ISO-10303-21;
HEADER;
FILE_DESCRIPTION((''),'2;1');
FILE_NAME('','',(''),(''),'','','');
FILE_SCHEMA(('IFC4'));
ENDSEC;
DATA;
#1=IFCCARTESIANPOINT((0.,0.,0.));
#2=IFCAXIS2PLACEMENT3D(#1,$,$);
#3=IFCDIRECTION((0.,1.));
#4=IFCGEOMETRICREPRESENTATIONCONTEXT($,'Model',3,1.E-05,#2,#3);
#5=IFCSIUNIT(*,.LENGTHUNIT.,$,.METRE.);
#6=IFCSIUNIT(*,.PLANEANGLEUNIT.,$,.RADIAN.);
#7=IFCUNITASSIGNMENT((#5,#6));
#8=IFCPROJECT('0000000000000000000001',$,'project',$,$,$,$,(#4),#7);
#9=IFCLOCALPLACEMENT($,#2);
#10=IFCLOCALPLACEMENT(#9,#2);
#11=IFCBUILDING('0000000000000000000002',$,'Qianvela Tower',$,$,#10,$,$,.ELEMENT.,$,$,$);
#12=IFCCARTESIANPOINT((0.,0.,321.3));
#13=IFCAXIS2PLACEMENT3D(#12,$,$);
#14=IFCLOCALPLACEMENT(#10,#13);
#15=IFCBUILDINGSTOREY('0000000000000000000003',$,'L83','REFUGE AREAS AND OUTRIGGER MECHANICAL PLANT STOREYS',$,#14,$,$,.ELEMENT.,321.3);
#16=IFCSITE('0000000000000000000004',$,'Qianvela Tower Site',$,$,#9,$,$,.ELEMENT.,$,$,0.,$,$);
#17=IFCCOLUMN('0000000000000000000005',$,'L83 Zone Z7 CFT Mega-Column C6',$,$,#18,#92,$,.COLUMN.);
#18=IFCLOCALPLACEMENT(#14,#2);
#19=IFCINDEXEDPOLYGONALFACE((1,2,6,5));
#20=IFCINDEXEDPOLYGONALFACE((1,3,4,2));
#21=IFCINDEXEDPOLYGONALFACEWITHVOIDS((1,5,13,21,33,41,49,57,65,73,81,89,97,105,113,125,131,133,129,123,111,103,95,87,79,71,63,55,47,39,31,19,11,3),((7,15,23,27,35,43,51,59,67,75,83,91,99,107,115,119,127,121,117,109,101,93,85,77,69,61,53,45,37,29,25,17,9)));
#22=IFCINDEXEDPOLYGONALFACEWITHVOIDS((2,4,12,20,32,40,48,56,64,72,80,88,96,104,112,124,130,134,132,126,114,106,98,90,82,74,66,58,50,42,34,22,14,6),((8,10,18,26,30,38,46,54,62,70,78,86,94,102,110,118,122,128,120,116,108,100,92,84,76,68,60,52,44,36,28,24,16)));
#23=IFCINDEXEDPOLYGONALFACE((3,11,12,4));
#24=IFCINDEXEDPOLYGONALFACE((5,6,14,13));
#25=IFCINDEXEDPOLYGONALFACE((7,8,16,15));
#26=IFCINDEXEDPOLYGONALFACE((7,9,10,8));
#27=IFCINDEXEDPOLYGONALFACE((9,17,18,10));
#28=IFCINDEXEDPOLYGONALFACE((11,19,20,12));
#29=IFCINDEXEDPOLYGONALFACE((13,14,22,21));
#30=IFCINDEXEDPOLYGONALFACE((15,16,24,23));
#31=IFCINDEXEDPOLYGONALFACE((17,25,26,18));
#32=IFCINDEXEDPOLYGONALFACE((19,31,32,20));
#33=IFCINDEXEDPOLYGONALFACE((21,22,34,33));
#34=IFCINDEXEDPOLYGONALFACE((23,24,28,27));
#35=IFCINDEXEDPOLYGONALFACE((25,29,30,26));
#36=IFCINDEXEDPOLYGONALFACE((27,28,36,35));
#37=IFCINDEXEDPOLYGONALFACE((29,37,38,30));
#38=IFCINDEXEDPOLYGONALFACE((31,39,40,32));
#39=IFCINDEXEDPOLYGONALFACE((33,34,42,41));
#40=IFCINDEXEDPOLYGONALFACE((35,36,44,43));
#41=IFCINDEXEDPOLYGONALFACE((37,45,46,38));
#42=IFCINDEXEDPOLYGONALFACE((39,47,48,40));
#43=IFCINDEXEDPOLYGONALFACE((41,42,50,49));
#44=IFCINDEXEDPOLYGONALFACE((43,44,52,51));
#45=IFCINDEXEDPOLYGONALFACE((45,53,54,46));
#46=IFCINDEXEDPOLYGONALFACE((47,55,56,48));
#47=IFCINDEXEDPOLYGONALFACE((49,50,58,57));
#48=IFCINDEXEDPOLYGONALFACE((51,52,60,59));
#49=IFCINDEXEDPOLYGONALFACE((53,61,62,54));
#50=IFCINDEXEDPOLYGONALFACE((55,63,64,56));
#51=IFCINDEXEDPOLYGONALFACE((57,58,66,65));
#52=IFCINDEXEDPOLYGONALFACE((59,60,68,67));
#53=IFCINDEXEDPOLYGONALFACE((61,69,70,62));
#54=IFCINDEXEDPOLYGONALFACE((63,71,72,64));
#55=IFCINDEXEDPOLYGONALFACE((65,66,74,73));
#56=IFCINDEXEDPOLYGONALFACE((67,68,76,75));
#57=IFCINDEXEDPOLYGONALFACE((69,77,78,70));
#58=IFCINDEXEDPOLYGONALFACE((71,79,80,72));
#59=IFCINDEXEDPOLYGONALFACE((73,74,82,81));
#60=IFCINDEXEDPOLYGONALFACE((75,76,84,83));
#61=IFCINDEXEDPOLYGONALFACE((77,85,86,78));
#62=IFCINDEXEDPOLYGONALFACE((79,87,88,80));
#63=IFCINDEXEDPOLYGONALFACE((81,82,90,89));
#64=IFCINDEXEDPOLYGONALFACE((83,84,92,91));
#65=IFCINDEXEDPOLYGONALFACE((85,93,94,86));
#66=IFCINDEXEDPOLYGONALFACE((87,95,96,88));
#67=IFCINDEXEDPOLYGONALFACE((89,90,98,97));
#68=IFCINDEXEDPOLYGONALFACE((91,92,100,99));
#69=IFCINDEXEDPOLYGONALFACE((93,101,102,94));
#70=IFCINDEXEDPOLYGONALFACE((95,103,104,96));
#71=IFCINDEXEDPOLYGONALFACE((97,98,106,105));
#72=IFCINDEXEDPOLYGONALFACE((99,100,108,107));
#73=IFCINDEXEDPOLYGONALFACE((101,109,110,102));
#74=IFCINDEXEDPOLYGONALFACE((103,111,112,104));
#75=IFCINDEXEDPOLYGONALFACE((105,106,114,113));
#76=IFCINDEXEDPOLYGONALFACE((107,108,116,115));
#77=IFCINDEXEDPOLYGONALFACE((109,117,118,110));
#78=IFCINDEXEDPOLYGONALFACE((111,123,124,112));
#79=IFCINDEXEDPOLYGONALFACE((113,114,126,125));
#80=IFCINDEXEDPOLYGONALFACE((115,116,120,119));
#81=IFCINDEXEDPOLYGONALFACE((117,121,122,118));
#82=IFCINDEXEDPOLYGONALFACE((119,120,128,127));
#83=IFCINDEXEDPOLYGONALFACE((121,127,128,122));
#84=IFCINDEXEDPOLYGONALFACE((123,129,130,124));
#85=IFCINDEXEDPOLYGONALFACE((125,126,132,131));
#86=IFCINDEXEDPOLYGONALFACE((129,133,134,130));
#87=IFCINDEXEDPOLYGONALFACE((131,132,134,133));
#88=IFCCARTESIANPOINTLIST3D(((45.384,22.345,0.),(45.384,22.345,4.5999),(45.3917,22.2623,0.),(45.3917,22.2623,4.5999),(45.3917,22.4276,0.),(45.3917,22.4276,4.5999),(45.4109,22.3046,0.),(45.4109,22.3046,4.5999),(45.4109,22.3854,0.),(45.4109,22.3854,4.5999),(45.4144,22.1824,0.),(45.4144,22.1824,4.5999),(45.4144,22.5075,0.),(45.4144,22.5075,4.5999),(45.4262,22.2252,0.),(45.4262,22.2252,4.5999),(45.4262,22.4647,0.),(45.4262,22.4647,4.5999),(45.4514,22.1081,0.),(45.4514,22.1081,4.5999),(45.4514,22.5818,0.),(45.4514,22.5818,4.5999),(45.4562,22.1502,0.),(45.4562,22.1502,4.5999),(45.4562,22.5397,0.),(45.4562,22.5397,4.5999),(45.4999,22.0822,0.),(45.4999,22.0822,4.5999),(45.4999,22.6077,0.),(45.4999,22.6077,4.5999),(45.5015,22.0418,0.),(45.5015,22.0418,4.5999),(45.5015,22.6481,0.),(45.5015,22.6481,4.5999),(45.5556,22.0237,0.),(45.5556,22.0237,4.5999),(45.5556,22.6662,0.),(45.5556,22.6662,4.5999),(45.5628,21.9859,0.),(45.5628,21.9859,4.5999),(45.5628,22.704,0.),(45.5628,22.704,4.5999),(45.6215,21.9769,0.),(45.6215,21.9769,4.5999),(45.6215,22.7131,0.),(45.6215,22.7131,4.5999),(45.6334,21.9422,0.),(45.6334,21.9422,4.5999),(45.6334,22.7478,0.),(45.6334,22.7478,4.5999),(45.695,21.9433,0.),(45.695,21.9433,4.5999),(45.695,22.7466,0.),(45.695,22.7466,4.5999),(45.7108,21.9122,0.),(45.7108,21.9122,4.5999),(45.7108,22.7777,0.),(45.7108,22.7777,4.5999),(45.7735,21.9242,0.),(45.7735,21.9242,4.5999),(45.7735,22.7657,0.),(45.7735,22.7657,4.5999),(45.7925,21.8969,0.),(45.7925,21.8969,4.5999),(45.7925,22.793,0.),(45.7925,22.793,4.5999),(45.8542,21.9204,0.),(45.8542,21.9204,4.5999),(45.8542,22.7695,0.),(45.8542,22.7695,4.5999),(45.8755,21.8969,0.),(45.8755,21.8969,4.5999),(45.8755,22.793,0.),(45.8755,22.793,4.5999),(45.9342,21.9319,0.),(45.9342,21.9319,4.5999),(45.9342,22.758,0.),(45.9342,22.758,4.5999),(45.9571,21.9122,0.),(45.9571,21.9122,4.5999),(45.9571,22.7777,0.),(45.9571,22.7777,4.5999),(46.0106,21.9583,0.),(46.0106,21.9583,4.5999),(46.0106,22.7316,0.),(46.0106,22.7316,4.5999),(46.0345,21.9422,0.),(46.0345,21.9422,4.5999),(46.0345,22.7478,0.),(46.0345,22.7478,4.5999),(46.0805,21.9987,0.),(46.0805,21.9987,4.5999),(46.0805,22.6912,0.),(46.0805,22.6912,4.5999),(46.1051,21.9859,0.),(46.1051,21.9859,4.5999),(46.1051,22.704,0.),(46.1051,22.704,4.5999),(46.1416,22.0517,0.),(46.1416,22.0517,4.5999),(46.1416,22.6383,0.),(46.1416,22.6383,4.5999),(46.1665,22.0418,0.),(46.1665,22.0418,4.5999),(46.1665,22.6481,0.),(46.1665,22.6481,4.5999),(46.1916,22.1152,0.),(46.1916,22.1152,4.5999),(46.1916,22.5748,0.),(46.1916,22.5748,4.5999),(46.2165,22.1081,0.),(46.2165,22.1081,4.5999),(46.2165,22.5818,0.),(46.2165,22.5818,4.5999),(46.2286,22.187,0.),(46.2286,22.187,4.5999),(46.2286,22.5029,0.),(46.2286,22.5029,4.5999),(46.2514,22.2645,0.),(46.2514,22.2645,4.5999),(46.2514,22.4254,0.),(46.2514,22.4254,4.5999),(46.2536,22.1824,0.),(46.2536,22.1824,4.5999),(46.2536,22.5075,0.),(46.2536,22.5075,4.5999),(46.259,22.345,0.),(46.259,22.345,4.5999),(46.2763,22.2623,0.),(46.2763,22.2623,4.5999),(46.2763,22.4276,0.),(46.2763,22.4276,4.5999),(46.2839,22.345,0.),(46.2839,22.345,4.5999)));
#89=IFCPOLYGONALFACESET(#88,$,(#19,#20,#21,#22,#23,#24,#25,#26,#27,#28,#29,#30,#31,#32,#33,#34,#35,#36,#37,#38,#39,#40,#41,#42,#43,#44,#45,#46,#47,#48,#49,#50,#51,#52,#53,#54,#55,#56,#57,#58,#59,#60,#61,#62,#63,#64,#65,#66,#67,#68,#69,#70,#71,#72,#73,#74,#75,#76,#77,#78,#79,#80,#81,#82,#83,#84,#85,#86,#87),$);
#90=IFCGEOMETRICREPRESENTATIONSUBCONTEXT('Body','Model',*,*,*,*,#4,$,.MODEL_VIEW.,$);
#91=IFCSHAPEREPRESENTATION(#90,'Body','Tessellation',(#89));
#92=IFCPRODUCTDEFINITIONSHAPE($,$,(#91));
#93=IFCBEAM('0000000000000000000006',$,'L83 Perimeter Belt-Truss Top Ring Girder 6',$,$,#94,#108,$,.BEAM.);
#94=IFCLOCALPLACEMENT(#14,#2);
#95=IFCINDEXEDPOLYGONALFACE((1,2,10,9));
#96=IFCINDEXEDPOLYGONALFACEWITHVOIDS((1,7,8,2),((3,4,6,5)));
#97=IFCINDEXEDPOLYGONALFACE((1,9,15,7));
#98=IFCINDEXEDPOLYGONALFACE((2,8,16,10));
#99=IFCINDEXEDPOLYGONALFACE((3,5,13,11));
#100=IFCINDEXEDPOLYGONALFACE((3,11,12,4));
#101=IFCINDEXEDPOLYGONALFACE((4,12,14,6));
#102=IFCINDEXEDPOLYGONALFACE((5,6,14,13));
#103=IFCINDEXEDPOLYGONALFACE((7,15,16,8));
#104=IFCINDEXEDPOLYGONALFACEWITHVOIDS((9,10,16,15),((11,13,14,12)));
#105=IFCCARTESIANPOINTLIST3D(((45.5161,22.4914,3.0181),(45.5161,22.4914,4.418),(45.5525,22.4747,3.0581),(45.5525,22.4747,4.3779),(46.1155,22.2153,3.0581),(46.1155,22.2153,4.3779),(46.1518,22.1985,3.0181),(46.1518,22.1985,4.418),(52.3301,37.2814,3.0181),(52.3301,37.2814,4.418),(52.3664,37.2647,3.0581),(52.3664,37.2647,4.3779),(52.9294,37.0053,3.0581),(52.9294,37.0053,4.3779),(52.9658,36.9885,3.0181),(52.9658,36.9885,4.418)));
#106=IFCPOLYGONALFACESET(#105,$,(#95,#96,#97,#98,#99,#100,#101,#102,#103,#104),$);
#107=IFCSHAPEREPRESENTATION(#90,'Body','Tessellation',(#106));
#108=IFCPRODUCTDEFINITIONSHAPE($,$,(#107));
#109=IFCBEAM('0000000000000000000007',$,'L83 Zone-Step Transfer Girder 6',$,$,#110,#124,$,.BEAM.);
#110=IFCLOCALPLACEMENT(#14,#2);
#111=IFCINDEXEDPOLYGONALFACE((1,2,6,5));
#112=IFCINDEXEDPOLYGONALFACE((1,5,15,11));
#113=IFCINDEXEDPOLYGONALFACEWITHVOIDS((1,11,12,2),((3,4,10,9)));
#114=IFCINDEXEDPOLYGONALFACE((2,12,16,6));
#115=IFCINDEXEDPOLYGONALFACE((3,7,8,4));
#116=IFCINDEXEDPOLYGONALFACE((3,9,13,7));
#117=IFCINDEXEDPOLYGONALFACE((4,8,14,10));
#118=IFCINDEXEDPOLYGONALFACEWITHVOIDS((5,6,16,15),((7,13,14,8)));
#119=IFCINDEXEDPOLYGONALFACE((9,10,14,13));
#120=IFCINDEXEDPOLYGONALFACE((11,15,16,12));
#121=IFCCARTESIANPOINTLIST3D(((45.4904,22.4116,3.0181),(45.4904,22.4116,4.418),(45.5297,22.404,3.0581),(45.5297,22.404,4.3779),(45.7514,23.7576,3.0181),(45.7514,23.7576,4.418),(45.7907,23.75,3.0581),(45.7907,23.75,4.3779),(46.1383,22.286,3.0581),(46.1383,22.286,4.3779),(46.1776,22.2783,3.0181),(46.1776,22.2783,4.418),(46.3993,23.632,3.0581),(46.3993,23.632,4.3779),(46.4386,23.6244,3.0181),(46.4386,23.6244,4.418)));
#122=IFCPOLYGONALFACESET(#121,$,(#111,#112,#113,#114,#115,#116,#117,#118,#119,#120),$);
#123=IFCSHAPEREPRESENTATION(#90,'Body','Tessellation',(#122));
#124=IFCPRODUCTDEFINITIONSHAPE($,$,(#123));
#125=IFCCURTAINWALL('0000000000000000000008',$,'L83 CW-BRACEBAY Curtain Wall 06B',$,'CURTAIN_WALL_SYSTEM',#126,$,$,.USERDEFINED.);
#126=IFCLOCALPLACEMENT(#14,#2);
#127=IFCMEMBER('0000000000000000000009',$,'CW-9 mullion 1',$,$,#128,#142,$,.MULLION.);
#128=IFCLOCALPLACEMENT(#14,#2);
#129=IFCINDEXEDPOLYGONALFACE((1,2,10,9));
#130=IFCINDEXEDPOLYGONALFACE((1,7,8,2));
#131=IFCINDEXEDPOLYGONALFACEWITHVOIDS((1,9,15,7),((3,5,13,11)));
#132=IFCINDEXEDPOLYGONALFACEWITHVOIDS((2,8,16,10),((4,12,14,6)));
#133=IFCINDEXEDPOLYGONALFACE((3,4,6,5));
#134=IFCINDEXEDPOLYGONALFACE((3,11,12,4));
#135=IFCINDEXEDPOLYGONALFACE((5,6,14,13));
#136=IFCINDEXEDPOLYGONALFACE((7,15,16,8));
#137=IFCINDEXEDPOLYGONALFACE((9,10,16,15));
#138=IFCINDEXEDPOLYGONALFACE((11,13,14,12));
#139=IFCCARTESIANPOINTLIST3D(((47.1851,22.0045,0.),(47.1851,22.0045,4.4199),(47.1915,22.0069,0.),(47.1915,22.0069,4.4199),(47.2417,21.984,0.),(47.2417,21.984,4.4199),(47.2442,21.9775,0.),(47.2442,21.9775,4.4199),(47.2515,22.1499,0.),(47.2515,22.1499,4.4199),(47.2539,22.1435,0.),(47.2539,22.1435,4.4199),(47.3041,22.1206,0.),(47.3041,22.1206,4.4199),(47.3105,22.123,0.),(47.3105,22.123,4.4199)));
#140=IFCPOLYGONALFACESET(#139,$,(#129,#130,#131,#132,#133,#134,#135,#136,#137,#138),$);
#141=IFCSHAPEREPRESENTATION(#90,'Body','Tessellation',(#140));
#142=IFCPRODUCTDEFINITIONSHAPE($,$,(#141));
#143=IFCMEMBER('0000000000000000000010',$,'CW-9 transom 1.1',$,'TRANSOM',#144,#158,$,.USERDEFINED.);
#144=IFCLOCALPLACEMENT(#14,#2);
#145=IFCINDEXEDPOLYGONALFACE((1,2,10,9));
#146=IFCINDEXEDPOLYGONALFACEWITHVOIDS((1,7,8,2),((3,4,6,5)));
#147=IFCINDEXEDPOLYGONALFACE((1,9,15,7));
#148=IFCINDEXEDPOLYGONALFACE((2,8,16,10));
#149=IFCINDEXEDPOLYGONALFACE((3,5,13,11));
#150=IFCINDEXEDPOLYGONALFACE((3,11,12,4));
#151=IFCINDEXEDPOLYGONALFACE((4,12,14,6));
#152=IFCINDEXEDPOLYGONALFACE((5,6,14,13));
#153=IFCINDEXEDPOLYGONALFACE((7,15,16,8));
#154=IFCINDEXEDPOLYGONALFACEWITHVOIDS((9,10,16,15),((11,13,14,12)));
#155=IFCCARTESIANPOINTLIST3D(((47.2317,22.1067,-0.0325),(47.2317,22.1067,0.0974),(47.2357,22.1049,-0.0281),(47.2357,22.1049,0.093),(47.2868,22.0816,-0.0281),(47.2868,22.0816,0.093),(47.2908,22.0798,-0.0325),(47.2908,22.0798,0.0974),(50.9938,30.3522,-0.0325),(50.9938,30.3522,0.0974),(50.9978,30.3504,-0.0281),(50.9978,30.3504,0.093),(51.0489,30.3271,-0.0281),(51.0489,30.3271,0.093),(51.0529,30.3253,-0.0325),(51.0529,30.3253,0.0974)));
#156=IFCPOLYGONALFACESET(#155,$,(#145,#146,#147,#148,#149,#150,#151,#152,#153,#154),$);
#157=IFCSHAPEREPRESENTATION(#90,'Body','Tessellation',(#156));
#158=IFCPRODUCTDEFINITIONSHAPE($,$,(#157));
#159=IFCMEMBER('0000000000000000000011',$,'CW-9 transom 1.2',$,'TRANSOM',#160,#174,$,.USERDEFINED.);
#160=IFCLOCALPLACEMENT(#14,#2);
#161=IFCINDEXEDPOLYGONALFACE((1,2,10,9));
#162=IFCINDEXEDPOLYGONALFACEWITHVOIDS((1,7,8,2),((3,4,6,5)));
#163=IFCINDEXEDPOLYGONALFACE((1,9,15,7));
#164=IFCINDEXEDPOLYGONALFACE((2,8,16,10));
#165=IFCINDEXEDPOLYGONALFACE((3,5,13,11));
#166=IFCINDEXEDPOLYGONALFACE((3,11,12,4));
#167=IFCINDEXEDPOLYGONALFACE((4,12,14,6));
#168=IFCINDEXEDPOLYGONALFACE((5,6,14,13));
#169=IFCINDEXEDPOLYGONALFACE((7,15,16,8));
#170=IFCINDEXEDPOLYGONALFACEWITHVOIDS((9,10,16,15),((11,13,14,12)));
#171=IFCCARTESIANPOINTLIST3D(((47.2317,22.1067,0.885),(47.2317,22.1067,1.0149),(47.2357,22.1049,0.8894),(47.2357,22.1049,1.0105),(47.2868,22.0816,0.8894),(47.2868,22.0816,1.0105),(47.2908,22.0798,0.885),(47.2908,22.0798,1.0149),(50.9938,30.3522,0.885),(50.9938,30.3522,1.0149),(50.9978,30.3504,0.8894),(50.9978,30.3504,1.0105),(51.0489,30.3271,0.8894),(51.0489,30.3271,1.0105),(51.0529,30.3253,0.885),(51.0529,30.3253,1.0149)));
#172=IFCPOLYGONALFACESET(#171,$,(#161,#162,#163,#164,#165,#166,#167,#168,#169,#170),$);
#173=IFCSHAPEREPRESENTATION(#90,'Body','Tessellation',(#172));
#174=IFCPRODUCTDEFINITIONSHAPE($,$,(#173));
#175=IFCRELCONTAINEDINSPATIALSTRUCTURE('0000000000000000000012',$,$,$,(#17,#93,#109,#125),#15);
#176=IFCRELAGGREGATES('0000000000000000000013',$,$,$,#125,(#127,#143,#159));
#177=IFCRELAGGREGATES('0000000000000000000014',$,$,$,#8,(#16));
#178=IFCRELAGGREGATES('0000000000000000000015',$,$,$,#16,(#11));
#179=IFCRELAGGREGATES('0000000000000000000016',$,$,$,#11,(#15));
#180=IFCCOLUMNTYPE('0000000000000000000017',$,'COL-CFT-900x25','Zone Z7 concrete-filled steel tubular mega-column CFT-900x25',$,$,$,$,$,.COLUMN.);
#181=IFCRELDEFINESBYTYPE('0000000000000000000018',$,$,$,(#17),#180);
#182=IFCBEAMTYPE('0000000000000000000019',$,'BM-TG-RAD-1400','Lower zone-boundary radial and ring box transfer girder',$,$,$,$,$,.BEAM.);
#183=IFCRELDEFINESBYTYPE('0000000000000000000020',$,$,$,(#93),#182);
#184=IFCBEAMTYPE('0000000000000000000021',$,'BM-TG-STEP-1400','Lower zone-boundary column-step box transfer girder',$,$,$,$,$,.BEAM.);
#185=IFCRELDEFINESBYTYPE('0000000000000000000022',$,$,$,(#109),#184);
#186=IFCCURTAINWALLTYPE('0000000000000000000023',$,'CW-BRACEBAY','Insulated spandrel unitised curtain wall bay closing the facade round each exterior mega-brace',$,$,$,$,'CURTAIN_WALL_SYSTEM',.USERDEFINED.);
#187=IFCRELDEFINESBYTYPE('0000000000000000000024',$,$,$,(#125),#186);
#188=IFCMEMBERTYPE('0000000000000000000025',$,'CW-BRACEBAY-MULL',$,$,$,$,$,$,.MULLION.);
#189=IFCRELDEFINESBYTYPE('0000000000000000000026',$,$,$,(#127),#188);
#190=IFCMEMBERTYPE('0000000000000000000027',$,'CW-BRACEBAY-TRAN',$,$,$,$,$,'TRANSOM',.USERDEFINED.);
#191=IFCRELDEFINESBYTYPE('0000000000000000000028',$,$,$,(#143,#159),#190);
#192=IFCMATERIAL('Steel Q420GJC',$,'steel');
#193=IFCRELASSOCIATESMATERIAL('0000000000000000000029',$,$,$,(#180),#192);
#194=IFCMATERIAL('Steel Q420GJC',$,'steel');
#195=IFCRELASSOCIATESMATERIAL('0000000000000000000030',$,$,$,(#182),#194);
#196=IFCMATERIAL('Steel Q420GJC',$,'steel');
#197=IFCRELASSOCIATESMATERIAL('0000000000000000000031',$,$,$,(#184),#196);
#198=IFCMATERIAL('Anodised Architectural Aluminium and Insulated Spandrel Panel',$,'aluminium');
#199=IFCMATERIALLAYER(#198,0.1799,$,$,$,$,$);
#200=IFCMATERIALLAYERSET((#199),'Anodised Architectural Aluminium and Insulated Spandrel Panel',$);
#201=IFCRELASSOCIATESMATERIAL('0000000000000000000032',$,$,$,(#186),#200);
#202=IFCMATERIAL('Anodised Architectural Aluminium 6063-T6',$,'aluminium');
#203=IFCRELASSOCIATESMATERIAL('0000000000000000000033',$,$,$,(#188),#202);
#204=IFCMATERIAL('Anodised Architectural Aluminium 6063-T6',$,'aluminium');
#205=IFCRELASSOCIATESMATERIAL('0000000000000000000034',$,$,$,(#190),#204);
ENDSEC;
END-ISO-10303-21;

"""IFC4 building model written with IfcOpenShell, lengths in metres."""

from ifc_helpers import new_model, si_unit, direction, frame, origin, origin_2d, place, context, subcontext, project, spatial, hollow_rectangle, hollow_circle, extrude, material, layer, layer_set, material_profile, profile_set, type_object, element, aggregate, save


model = new_model("IFC4")

# Units and contexts
model_context = context("Model", 3, precision=1e-05, world=origin(), true_north=direction((0.0, 1.0)))
body_context = subcontext(model_context, "Body", "Model", "MODEL_VIEW")
ifc_project = project(units=[si_unit("LENGTHUNIT", "METRE"), si_unit("PLANEANGLEUNIT", "RADIAN")], contexts=[model_context])

# Site, building, storey
site_placement = place(None, origin())
site = spatial("IfcSite", under=ifc_project, at=site_placement, Name="Qianvela Tower Site", CompositionType="ELEMENT", RefElevation=0.0)
building_placement = place(site_placement, origin())
building = spatial("IfcBuilding", under=site, at=building_placement, Name="Qianvela Tower", CompositionType="ELEMENT")
storey_placement = place(building_placement, frame((0.0, 0.0, 321.3)))
storey = spatial("IfcBuildingStorey", under=building, at=storey_placement, Name="L83", Description="REFUGE AREAS AND OUTRIGGER MECHANICAL PLANT STOREYS", CompositionType="ELEMENT", Elevation=321.3)

# Column
ifc_material_1 = material(Name="Steel Q420GJC", Category="steel")
ifc_material_profile_1 = material_profile(ifc_material_1, hollow_circle(Radius=0.45, WallThickness=0.0249, at=origin_2d()), Name="CFT-900x25")
ifc_profile_set_1 = profile_set([ifc_material_profile_1], Name="Steel Q420GJC")
column_type = type_object("IfcColumnType", Name="COL-CFT-900x25", Description="Zone Z7 concrete-filled steel tubular mega-column CFT-900x25", PredefinedType="COLUMN", material=ifc_profile_set_1)
column_placement = place(storey_placement, frame((45.834, 22.345, 0.0), z_axis=(0.0, 0.0, 1.0), x_axis=(1.0, 0.0, 0.0)))
element("IfcColumn", 1, at=column_placement, inside=storey, type_object=column_type, Name="L83 Zone Z7 CFT Mega-Column C6", PredefinedType="COLUMN", context=body_context, shape_type="SweptSolid", body=[
    extrude(hollow_circle(Radius=0.45, WallThickness=0.0249, at=origin_2d()), origin(), (0.0, 0.0, 1.0), 4.5999),
])

# Beams
ifc_material_2 = material(Name="Steel Q420GJC", Category="steel")
ifc_material_profile_2 = material_profile(ifc_material_2, hollow_rectangle(XDim=0.7, YDim=1.3999, WallThickness=0.04, at=origin_2d()), Name="TG-BOX-1400x700x40")
ifc_profile_set_2 = profile_set([ifc_material_profile_2], Name="Steel Q420GJC")
beam_type_1 = type_object("IfcBeamType", Name="BM-TG-RAD-1400", Description="Lower zone-boundary radial and ring box transfer girder", PredefinedType="BEAM", material=ifc_profile_set_2)
beam_1_placement = place(storey_placement, frame((45.834, 22.345, 3.718), z_axis=(0.41844, 0.908244, 0.0), x_axis=(-0.908244, 0.41844, 0.0)))
element("IfcBeam", 2, at=beam_1_placement, inside=storey, type_object=beam_type_1, Name="L83 Perimeter Belt-Truss Top Ring Girder 6", PredefinedType="BEAM", context=body_context, shape_type="SweptSolid", body=[
    extrude(hollow_rectangle(XDim=0.7, YDim=1.3999, WallThickness=0.04, at=origin_2d()), origin(), (0.0, 0.0, 1.0), 16.2842),
])
ifc_material_3 = material(Name="Steel Q420GJC", Category="steel")
ifc_material_profile_3 = material_profile(ifc_material_3, hollow_rectangle(XDim=0.7, YDim=1.3999, WallThickness=0.04, at=origin_2d()), Name="TG-BOX-1400x700x40")
ifc_profile_set_3 = profile_set([ifc_material_profile_3], Name="Steel Q420GJC")
beam_type_2 = type_object("IfcBeamType", Name="BM-TG-STEP-1400", Description="Lower zone-boundary column-step box transfer girder", PredefinedType="BEAM", material=ifc_profile_set_3)
beam_2_placement = place(storey_placement, frame((45.834, 22.345, 3.718), z_axis=(0.19036, 0.981714, 0.0), x_axis=(-0.981714, 0.19036, 0.0)))
element("IfcBeam", 3, at=beam_2_placement, inside=storey, type_object=beam_type_2, Name="L83 Zone-Step Transfer Girder 6", PredefinedType="BEAM", context=body_context, shape_type="SweptSolid", body=[
    extrude(hollow_rectangle(XDim=0.7, YDim=1.3999, WallThickness=0.04, at=origin_2d()), origin(), (0.0, 0.0, 1.0), 1.3711),
])

# Curtain wall, members
ifc_material_4 = material(Name="Anodised Architectural Aluminium and Insulated Spandrel Panel", Category="aluminium")
ifc_layer_1 = layer(ifc_material_4, 0.1799)
ifc_layer_set_1 = layer_set([ifc_layer_1], Name="Anodised Architectural Aluminium and Insulated Spandrel Panel")
curtain_wall_type_1 = type_object("IfcCurtainWallType", Name="CW-BRACEBAY", Description="Insulated spandrel unitised curtain wall bay closing the facade round each exterior mega-brace", ElementType="CURTAIN_WALL_SYSTEM", PredefinedType="USERDEFINED", material=ifc_layer_set_1)
curtain_wall_1_placement = place(storey_placement, origin())
curtain_wall_1 = element("IfcCurtainWall", 4, at=curtain_wall_1_placement, inside=storey, type_object=curtain_wall_type_1, Name="L83 CW-BRACEBAY Curtain Wall 06B", ObjectType="CURTAIN_WALL_SYSTEM", PredefinedType="USERDEFINED")
ifc_material_5 = material(Name="Anodised Architectural Aluminium 6063-T6", Category="aluminium")
ifc_material_profile_4 = material_profile(ifc_material_5, hollow_rectangle(XDim=0.0649, YDim=0.1599, WallThickness=0.0049, at=origin_2d()), Name="ALU-MULL-65x160")
ifc_profile_set_4 = profile_set([ifc_material_profile_4], Name="Anodised Architectural Aluminium 6063-T6")
member_type_1 = type_object("IfcMemberType", Name="CW-BRACEBAY-MULL", PredefinedType="MULLION", material=ifc_profile_set_4)
member_1_placement = place(storey_placement, frame((47.2478, 22.0637, 0.0), z_axis=(0.0, 0.0, 1.0), x_axis=(-0.909767, 0.415119, 0.0)))
member_1 = element("IfcMember", 5, at=member_1_placement, type_object=member_type_1, Name="CW-9 mullion 1", PredefinedType="MULLION", context=body_context, shape_type="SweptSolid", body=[
    extrude(hollow_rectangle(XDim=0.0649, YDim=0.1599, WallThickness=0.0049, at=origin_2d()), origin(), (0.0, 0.0, 1.0), 4.4199),
])
ifc_material_6 = material(Name="Anodised Architectural Aluminium 6063-T6", Category="aluminium")
ifc_material_profile_5 = material_profile(ifc_material_6, hollow_rectangle(XDim=0.0649, YDim=0.1299, WallThickness=0.0044, at=origin_2d()), Name="ALU-TRAN-65x130")
ifc_profile_set_5 = profile_set([ifc_material_profile_5], Name="Anodised Architectural Aluminium 6063-T6")
member_type_2 = type_object("IfcMemberType", Name="CW-BRACEBAY-TRAN", ElementType="TRANSOM", PredefinedType="USERDEFINED", material=ifc_profile_set_5)
member_2_placement = place(storey_placement, frame((47.2612, 22.0933, 0.0325), z_axis=(0.415101, 0.909775, 0.0), x_axis=(-0.909775, 0.415101, 0.0)))
member_2 = element("IfcMember", 6, at=member_2_placement, type_object=member_type_2, Name="CW-9 transom 1.1", ObjectType="TRANSOM", PredefinedType="USERDEFINED", context=body_context, shape_type="SweptSolid", body=[
    extrude(hollow_rectangle(XDim=0.0649, YDim=0.1299, WallThickness=0.0044, at=origin_2d()), origin(), (0.0, 0.0, 1.0), 9.0632),
])
member_3_placement = place(storey_placement, frame((47.2612, 22.0933, 0.95), z_axis=(0.415101, 0.909775, 0.0), x_axis=(-0.909775, 0.415101, 0.0)))
member_3 = element("IfcMember", 7, at=member_3_placement, type_object=member_type_2, Name="CW-9 transom 1.2", ObjectType="TRANSOM", PredefinedType="USERDEFINED", context=body_context, shape_type="SweptSolid", body=[
    extrude(hollow_rectangle(XDim=0.0649, YDim=0.1299, WallThickness=0.0044, at=origin_2d()), origin(), (0.0, 0.0, 1.0), 9.0632),
])
aggregate(curtain_wall_1, [member_1, member_2, member_3])

save(model, "model.ifc")
